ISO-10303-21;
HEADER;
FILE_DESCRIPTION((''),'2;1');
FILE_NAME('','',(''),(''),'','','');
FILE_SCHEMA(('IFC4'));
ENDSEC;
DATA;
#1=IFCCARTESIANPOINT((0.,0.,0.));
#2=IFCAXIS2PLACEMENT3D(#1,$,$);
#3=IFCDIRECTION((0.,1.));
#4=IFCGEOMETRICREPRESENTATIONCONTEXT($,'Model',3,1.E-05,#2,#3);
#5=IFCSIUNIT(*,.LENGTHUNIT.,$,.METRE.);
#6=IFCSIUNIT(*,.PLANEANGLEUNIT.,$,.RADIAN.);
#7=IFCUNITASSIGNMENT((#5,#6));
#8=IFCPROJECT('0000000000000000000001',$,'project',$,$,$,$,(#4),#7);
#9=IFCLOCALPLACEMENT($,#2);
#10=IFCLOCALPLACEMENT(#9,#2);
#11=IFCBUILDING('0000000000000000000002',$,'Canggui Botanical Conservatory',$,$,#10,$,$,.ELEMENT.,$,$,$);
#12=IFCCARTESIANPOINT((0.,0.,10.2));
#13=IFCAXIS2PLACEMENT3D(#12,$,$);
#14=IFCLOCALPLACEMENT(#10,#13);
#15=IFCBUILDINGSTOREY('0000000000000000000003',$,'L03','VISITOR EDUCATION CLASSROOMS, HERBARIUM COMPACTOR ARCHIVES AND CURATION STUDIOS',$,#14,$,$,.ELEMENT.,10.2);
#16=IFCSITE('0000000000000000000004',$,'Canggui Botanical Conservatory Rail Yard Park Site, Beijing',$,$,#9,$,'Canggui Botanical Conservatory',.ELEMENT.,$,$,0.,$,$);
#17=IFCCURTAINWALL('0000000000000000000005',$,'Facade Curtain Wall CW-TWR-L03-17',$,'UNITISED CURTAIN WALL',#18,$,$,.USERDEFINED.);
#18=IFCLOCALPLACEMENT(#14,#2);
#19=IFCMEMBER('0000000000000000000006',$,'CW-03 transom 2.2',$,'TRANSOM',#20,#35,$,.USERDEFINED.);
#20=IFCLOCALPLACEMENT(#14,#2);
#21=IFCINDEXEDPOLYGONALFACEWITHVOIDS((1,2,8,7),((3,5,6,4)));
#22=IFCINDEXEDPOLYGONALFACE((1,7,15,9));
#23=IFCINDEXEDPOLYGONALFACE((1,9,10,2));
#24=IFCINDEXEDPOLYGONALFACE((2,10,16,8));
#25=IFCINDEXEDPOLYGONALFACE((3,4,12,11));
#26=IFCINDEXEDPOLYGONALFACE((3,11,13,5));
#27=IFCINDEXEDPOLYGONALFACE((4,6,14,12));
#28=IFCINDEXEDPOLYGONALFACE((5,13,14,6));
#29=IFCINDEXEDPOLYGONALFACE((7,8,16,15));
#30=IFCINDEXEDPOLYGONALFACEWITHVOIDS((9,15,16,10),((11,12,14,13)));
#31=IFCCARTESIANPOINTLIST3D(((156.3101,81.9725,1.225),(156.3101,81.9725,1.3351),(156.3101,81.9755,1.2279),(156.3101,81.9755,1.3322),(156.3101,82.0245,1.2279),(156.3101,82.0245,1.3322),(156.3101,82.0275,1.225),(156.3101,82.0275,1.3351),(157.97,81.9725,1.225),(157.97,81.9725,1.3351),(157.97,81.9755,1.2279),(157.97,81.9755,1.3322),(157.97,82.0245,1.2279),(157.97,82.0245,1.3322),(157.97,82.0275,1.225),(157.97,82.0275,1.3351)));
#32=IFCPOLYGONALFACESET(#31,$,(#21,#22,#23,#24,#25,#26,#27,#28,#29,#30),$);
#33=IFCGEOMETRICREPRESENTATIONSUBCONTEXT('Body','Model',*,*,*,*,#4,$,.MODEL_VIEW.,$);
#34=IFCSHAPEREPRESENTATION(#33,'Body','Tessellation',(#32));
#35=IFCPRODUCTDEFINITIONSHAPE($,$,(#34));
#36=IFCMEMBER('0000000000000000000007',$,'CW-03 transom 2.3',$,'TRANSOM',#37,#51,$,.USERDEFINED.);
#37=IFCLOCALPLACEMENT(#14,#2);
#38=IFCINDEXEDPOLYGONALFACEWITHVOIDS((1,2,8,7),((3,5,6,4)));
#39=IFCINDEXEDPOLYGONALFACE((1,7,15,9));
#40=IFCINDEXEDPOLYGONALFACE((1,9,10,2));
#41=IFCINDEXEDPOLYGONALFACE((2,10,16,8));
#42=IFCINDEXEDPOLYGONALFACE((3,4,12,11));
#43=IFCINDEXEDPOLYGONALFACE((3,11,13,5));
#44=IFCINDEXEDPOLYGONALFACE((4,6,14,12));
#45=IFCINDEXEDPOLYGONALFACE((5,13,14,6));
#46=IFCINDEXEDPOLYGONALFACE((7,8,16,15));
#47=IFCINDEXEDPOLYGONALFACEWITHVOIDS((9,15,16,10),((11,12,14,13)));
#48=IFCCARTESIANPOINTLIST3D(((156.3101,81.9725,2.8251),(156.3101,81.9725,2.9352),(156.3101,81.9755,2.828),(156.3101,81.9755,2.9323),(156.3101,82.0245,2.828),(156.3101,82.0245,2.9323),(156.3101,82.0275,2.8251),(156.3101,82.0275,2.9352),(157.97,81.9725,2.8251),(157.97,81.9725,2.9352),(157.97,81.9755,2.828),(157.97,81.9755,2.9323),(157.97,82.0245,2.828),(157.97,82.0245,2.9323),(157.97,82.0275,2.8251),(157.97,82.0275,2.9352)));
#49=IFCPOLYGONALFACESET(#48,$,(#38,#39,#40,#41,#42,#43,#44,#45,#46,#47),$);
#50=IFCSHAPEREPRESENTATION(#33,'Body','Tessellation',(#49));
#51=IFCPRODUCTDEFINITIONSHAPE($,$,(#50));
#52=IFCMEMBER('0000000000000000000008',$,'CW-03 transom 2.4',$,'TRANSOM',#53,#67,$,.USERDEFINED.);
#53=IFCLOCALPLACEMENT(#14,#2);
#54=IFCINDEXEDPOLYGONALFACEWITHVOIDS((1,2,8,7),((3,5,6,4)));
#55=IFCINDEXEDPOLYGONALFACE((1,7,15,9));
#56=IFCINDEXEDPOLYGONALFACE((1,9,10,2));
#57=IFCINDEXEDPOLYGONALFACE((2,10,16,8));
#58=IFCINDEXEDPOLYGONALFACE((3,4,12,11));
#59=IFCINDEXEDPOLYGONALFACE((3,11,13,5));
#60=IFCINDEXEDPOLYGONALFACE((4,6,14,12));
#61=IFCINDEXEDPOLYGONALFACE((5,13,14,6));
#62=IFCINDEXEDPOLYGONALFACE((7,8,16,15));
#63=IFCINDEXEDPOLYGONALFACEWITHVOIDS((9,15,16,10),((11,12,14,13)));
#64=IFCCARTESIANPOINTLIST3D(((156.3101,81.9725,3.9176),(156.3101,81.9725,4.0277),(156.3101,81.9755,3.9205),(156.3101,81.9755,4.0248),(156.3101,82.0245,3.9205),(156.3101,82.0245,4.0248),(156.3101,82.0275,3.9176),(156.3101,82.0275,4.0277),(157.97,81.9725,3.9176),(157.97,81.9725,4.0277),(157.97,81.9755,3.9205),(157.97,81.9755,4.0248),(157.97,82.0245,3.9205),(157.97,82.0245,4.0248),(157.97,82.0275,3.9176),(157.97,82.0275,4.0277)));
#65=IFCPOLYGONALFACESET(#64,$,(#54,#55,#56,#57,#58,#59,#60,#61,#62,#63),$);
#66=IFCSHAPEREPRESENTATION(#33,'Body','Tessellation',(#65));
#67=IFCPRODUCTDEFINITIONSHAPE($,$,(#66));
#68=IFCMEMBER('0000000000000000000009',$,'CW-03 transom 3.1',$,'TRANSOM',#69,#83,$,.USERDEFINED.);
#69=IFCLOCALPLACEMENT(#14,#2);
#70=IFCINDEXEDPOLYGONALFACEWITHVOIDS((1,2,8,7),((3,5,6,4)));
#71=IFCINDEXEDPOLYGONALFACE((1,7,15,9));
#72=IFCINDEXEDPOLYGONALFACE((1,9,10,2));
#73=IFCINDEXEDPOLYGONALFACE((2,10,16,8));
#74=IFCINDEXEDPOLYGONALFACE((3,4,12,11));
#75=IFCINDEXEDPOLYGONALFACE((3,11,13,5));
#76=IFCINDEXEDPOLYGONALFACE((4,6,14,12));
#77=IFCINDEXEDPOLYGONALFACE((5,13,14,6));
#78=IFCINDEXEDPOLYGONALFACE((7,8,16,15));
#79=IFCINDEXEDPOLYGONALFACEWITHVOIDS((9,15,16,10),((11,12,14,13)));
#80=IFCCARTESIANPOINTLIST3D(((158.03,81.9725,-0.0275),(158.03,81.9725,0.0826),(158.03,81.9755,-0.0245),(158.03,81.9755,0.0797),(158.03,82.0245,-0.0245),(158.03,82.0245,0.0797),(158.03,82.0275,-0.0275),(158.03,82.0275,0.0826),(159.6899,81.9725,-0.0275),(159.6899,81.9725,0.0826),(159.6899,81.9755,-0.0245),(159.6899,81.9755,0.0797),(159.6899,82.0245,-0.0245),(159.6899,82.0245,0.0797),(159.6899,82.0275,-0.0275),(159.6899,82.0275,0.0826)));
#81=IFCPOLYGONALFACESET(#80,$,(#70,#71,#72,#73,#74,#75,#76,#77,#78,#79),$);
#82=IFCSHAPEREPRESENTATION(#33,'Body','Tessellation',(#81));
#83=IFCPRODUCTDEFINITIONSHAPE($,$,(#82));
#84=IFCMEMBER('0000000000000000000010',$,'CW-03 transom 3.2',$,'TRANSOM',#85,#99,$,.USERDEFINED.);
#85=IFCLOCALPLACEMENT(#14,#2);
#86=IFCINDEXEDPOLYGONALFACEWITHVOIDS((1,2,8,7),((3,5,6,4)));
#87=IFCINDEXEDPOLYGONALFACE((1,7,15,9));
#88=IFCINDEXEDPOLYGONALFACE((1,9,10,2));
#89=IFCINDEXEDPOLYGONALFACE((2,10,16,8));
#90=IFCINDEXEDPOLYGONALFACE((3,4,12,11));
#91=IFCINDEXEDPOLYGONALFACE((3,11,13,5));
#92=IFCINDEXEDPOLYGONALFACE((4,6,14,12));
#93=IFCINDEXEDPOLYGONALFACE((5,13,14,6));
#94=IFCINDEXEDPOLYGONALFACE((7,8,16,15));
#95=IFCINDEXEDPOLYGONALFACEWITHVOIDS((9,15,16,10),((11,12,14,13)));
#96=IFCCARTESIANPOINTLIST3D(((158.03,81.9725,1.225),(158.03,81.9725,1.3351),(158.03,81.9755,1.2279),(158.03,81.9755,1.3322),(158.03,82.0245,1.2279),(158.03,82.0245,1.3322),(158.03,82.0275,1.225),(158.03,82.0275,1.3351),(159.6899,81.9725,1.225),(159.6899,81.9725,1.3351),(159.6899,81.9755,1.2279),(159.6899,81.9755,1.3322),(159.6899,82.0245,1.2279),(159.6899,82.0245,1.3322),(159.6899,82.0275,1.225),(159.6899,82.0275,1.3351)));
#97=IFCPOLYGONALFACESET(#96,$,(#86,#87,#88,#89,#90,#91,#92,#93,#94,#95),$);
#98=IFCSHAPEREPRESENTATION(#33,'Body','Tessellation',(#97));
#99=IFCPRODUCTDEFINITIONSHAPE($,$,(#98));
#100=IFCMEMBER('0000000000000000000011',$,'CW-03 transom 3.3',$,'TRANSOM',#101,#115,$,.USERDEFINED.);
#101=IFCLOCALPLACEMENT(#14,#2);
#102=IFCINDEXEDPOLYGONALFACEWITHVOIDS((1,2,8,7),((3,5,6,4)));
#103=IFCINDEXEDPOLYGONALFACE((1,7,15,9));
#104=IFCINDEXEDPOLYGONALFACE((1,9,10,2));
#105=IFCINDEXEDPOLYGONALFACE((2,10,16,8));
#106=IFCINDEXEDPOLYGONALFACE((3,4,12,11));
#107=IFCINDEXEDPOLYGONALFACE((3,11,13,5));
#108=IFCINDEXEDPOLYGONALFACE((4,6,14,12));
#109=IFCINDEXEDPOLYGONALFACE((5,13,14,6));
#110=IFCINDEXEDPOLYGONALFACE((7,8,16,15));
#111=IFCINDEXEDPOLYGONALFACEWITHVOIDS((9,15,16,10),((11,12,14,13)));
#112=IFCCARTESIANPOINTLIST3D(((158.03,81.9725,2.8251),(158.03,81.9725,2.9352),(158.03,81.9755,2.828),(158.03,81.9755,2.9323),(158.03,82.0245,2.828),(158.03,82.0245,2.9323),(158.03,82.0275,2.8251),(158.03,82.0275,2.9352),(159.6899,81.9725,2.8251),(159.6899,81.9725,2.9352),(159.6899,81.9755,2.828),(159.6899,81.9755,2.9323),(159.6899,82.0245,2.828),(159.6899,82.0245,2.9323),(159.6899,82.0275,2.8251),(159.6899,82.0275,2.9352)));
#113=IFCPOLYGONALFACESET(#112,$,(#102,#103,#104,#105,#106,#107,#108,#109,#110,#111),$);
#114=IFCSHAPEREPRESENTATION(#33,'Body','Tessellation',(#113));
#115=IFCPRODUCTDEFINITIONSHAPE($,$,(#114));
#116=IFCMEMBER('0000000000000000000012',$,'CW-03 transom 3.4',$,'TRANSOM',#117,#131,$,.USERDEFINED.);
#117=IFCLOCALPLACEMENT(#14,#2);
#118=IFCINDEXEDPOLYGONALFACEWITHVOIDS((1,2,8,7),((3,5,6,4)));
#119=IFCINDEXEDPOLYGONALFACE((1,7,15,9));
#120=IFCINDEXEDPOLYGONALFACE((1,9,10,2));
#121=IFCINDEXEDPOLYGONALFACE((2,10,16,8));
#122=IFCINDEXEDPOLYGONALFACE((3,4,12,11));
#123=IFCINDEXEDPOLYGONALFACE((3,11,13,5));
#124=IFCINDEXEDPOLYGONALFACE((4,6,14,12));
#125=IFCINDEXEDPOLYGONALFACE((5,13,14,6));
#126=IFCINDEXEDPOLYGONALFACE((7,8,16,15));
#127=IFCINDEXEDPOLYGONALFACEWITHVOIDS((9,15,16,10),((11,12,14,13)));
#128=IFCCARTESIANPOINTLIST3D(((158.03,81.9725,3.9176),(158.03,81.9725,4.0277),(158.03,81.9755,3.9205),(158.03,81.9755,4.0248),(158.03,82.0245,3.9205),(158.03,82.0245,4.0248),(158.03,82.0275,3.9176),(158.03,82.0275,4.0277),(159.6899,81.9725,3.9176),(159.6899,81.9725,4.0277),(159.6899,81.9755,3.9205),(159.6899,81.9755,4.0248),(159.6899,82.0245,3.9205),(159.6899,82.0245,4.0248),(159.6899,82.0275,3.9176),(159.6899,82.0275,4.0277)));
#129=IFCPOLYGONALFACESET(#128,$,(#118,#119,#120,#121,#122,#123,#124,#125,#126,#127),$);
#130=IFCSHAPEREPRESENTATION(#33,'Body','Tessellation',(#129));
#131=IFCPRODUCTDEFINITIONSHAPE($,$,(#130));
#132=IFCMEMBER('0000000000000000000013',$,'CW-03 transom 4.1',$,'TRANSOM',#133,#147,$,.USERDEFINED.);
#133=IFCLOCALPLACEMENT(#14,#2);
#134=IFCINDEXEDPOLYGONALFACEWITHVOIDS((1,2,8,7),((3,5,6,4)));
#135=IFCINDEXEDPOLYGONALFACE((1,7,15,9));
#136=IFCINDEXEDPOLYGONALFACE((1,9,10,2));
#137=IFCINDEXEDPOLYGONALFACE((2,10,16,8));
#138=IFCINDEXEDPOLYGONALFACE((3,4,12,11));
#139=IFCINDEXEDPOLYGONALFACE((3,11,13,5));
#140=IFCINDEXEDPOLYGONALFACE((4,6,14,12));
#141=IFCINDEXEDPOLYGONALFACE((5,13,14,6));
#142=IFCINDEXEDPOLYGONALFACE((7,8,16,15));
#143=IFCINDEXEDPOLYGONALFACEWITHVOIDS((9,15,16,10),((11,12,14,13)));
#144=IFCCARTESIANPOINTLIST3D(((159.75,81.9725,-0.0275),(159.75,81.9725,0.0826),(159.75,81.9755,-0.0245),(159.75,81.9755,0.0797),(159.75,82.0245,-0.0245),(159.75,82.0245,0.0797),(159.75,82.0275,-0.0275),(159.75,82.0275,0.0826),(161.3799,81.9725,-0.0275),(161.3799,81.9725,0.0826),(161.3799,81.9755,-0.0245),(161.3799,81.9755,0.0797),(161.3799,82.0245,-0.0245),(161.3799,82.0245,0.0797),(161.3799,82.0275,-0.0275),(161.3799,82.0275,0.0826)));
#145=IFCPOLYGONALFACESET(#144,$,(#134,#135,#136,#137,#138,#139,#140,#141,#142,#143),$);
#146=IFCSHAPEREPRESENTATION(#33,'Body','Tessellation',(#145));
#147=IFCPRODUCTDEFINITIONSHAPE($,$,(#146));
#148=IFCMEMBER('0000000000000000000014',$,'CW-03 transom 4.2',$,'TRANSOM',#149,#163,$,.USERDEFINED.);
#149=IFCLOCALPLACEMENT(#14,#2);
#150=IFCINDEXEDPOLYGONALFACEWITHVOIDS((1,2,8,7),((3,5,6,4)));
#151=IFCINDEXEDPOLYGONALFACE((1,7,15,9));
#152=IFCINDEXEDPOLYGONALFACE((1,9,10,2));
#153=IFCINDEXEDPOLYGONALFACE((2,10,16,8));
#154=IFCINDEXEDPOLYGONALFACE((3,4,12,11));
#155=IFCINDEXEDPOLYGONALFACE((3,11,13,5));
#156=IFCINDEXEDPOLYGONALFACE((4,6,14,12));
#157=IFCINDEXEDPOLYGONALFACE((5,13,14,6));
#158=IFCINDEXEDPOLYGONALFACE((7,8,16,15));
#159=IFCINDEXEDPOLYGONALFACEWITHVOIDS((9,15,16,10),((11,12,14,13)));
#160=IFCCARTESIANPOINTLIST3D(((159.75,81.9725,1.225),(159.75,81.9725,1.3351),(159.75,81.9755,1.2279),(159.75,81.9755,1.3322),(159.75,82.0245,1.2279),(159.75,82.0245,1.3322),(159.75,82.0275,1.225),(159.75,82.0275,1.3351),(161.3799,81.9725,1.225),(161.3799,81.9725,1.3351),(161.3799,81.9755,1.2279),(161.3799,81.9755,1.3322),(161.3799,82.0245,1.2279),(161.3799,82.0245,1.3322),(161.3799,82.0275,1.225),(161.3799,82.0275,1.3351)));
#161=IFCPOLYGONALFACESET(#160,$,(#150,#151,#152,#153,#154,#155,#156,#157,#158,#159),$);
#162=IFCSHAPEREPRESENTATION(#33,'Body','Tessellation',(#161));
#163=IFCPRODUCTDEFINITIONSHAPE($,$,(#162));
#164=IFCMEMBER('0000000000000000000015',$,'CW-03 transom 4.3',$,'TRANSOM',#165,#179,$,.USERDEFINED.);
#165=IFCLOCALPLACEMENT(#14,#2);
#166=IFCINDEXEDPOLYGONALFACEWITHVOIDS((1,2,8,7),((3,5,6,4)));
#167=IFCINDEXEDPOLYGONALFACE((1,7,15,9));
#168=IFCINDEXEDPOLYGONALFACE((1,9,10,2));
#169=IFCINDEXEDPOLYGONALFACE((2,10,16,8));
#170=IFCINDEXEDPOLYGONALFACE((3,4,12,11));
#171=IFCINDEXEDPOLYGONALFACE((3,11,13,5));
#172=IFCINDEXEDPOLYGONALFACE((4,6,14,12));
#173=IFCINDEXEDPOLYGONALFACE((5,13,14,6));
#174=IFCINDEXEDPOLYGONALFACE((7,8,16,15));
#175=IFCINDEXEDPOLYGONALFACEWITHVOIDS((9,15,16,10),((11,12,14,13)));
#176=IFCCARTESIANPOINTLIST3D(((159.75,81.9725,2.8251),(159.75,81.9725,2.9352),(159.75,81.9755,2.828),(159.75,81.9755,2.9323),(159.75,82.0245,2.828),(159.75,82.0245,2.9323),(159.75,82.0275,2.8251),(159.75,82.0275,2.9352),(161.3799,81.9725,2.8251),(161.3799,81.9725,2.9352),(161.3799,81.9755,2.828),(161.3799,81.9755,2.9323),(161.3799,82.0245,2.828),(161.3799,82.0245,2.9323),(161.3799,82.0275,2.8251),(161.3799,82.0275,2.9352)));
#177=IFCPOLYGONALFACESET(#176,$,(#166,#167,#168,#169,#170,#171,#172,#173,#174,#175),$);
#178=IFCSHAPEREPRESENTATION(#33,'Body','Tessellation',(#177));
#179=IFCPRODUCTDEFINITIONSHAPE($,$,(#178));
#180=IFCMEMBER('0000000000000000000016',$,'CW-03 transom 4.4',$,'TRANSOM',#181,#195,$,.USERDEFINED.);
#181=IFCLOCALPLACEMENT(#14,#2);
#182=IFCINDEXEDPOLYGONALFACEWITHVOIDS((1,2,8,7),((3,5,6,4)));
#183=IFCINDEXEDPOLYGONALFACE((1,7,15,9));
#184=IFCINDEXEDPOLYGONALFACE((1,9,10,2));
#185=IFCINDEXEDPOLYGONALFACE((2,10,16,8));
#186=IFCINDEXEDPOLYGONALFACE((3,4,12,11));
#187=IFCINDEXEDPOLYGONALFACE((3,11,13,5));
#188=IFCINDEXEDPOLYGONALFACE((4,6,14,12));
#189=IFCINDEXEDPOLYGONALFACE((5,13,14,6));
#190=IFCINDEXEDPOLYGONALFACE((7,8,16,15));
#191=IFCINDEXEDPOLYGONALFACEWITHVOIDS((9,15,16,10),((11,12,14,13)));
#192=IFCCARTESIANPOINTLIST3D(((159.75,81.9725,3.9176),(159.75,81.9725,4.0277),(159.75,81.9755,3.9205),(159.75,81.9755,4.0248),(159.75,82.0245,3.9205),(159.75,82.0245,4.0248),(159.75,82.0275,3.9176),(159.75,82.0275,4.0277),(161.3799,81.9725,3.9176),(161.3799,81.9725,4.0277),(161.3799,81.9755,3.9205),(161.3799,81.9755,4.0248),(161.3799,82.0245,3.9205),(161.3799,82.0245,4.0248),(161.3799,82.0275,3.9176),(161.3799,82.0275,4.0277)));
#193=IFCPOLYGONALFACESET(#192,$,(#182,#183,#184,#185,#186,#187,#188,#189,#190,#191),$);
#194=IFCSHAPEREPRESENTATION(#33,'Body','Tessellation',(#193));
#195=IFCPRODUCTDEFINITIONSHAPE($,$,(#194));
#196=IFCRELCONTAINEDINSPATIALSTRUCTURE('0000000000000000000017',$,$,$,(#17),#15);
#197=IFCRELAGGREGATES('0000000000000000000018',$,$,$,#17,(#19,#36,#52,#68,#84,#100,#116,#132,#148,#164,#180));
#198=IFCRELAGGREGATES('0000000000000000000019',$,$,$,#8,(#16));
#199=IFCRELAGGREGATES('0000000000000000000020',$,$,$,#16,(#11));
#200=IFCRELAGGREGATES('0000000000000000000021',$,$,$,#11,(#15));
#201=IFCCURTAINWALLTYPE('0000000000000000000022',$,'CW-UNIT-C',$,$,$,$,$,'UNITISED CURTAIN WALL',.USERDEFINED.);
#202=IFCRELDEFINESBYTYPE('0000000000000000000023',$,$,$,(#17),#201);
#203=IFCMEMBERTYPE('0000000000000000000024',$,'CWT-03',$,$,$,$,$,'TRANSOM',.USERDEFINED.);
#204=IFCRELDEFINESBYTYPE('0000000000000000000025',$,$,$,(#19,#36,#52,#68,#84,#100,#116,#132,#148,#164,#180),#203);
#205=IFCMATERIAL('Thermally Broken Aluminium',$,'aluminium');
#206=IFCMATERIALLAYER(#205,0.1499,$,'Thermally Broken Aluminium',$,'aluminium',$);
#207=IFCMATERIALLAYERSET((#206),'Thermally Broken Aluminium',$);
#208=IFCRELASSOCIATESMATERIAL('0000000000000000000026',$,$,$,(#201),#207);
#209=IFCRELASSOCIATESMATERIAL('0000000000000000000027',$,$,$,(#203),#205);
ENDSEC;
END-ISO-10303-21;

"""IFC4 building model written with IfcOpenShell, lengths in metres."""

from ifc_helpers import new_model, si_unit, direction, frame, origin, origin_2d, place, context, subcontext, project, spatial, hollow_rectangle, extrude, material, layer, layer_set, material_profile, profile_set, type_object, element, aggregate, save


model = new_model("IFC4")

# Units and contexts
model_context = context("Model", 3, precision=1e-05, world=origin(), true_north=direction((0.0, 1.0)))
body_context = subcontext(model_context, "Body", "Model", "MODEL_VIEW")
ifc_project = project(units=[si_unit("LENGTHUNIT", "METRE"), si_unit("PLANEANGLEUNIT", "RADIAN")], contexts=[model_context])

# Site, building, storey
site_placement = place(None, origin())
site = spatial("IfcSite", under=ifc_project, at=site_placement, Name="Canggui Botanical Conservatory Rail Yard Park Site, Beijing", LongName="Canggui Botanical Conservatory", CompositionType="ELEMENT", RefElevation=0.0)
building_placement = place(site_placement, origin())
building = spatial("IfcBuilding", under=site, at=building_placement, Name="Canggui Botanical Conservatory", CompositionType="ELEMENT")
storey_placement = place(building_placement, frame((0.0, 0.0, 10.2)))
storey = spatial("IfcBuildingStorey", under=building, at=storey_placement, Name="L03", Description="VISITOR EDUCATION CLASSROOMS, HERBARIUM COMPACTOR ARCHIVES AND CURATION STUDIOS", CompositionType="ELEMENT", Elevation=10.2)

# Curtain wall, members
ifc_material_1 = material(Name="Thermally Broken Aluminium", Category="aluminium")
ifc_layer_1 = layer(ifc_material_1, 0.1499, Name="Thermally Broken Aluminium", Category="aluminium")
ifc_layer_set_1 = layer_set([ifc_layer_1], Name="Thermally Broken Aluminium")
curtain_wall_type = type_object("IfcCurtainWallType", Name="CW-UNIT-C", ElementType="UNITISED CURTAIN WALL", PredefinedType="USERDEFINED", material=ifc_layer_set_1)
curtain_wall_placement = place(storey_placement, origin())
curtain_wall = element("IfcCurtainWall", 1, at=curtain_wall_placement, inside=storey, type_object=curtain_wall_type, Name="Facade Curtain Wall CW-TWR-L03-17", ObjectType="UNITISED CURTAIN WALL", PredefinedType="USERDEFINED")
ifc_material_profile_1 = material_profile(ifc_material_1, hollow_rectangle(XDim=0.0549, YDim=0.1101, WallThickness=0.0029, at=origin_2d()), Name="CWT 55x110x3")
ifc_profile_set_1 = profile_set([ifc_material_profile_1], Name="Thermally Broken Aluminium")
member_type_1 = type_object("IfcMemberType", Name="CWT-03", ElementType="TRANSOM", PredefinedType="USERDEFINED", material=ifc_profile_set_1)
member_1_placement = place(storey_placement, frame((156.3101, 82.0, 1.28), z_axis=(1.0, 0.0, 0.0), x_axis=(0.0, 1.0, 0.0)))
member_1 = element("IfcMember", 2, at=member_1_placement, type_object=member_type_1, Name="CW-03 transom 2.2", ObjectType="TRANSOM", PredefinedType="USERDEFINED", context=body_context, shape_type="SweptSolid", body=[
    extrude(hollow_rectangle(XDim=0.0549, YDim=0.1101, WallThickness=0.0029, at=origin_2d()), origin(), (0.0, 0.0, 1.0), 1.6599),
])
member_2_placement = place(storey_placement, frame((156.3101, 82.0, 2.8801), z_axis=(1.0, 0.0, 0.0), x_axis=(0.0, 1.0, 0.0)))
member_2 = element("IfcMember", 3, at=member_2_placement, type_object=member_type_1, Name="CW-03 transom 2.3", ObjectType="TRANSOM", PredefinedType="USERDEFINED", context=body_context, shape_type="SweptSolid", body=[
    extrude(hollow_rectangle(XDim=0.0549, YDim=0.1101, WallThickness=0.0029, at=origin_2d()), origin(), (0.0, 0.0, 1.0), 1.6599),
])
member_3_placement = place(storey_placement, frame((156.3101, 82.0, 3.9727), z_axis=(1.0, 0.0, 0.0), x_axis=(0.0, 1.0, 0.0)))
member_3 = element("IfcMember", 4, at=member_3_placement, type_object=member_type_1, Name="CW-03 transom 2.4", ObjectType="TRANSOM", PredefinedType="USERDEFINED", context=body_context, shape_type="SweptSolid", body=[
    extrude(hollow_rectangle(XDim=0.0549, YDim=0.1101, WallThickness=0.0029, at=origin_2d()), origin(), (0.0, 0.0, 1.0), 1.6599),
])
member_4_placement = place(storey_placement, frame((158.03, 82.0, 0.0276), z_axis=(1.0, 0.0, 0.0), x_axis=(0.0, 1.0, 0.0)))
member_4 = element("IfcMember", 5, at=member_4_placement, type_object=member_type_1, Name="CW-03 transom 3.1", ObjectType="TRANSOM", PredefinedType="USERDEFINED", context=body_context, shape_type="SweptSolid", body=[
    extrude(hollow_rectangle(XDim=0.0549, YDim=0.1101, WallThickness=0.0029, at=origin_2d()), origin(), (0.0, 0.0, 1.0), 1.6599),
])
member_5_placement = place(storey_placement, frame((158.03, 82.0, 1.28), z_axis=(1.0, 0.0, 0.0), x_axis=(0.0, 1.0, 0.0)))
member_5 = element("IfcMember", 6, at=member_5_placement, type_object=member_type_1, Name="CW-03 transom 3.2", ObjectType="TRANSOM", PredefinedType="USERDEFINED", context=body_context, shape_type="SweptSolid", body=[
    extrude(hollow_rectangle(XDim=0.0549, YDim=0.1101, WallThickness=0.0029, at=origin_2d()), origin(), (0.0, 0.0, 1.0), 1.6599),
])
member_6_placement = place(storey_placement, frame((158.03, 82.0, 2.8801), z_axis=(1.0, 0.0, 0.0), x_axis=(0.0, 1.0, 0.0)))
member_6 = element("IfcMember", 7, at=member_6_placement, type_object=member_type_1, Name="CW-03 transom 3.3", ObjectType="TRANSOM", PredefinedType="USERDEFINED", context=body_context, shape_type="SweptSolid", body=[
    extrude(hollow_rectangle(XDim=0.0549, YDim=0.1101, WallThickness=0.0029, at=origin_2d()), origin(), (0.0, 0.0, 1.0), 1.6599),
])
member_7_placement = place(storey_placement, frame((158.03, 82.0, 3.9727), z_axis=(1.0, 0.0, 0.0), x_axis=(0.0, 1.0, 0.0)))
member_7 = element("IfcMember", 8, at=member_7_placement, type_object=member_type_1, Name="CW-03 transom 3.4", ObjectType="TRANSOM", PredefinedType="USERDEFINED", context=body_context, shape_type="SweptSolid", body=[
    extrude(hollow_rectangle(XDim=0.0549, YDim=0.1101, WallThickness=0.0029, at=origin_2d()), origin(), (0.0, 0.0, 1.0), 1.6599),
])
member_8_placement = place(storey_placement, frame((159.75, 82.0, 0.0276), z_axis=(1.0, 0.0, 0.0), x_axis=(0.0, 1.0, 0.0)))
member_8 = element("IfcMember", 9, at=member_8_placement, type_object=member_type_1, Name="CW-03 transom 4.1", ObjectType="TRANSOM", PredefinedType="USERDEFINED", context=body_context, shape_type="SweptSolid", body=[
    extrude(hollow_rectangle(XDim=0.0549, YDim=0.1101, WallThickness=0.0029, at=origin_2d()), origin(), (0.0, 0.0, 1.0), 1.6299),
])
member_9_placement = place(storey_placement, frame((159.75, 82.0, 1.28), z_axis=(1.0, 0.0, 0.0), x_axis=(0.0, 1.0, 0.0)))
member_9 = element("IfcMember", 10, at=member_9_placement, type_object=member_type_1, Name="CW-03 transom 4.2", ObjectType="TRANSOM", PredefinedType="USERDEFINED", context=body_context, shape_type="SweptSolid", body=[
    extrude(hollow_rectangle(XDim=0.0549, YDim=0.1101, WallThickness=0.0029, at=origin_2d()), origin(), (0.0, 0.0, 1.0), 1.6299),
])
member_10_placement = place(storey_placement, frame((159.75, 82.0, 2.8801), z_axis=(1.0, 0.0, 0.0), x_axis=(0.0, 1.0, 0.0)))
member_10 = element("IfcMember", 11, at=member_10_placement, type_object=member_type_1, Name="CW-03 transom 4.3", ObjectType="TRANSOM", PredefinedType="USERDEFINED", context=body_context, shape_type="SweptSolid", body=[
    extrude(hollow_rectangle(XDim=0.0549, YDim=0.1101, WallThickness=0.0029, at=origin_2d()), origin(), (0.0, 0.0, 1.0), 1.6299),
])
member_11_placement = place(storey_placement, frame((159.75, 82.0, 3.9727), z_axis=(1.0, 0.0, 0.0), x_axis=(0.0, 1.0, 0.0)))
member_11 = element("IfcMember", 12, at=member_11_placement, type_object=member_type_1, Name="CW-03 transom 4.4", ObjectType="TRANSOM", PredefinedType="USERDEFINED", context=body_context, shape_type="SweptSolid", body=[
    extrude(hollow_rectangle(XDim=0.0549, YDim=0.1101, WallThickness=0.0029, at=origin_2d()), origin(), (0.0, 0.0, 1.0), 1.6299),
])
aggregate(curtain_wall, [member_1, member_2, member_3, member_4, member_5, member_6, member_7, member_8, member_9, member_10, member_11])

save(model, "model.ifc")
